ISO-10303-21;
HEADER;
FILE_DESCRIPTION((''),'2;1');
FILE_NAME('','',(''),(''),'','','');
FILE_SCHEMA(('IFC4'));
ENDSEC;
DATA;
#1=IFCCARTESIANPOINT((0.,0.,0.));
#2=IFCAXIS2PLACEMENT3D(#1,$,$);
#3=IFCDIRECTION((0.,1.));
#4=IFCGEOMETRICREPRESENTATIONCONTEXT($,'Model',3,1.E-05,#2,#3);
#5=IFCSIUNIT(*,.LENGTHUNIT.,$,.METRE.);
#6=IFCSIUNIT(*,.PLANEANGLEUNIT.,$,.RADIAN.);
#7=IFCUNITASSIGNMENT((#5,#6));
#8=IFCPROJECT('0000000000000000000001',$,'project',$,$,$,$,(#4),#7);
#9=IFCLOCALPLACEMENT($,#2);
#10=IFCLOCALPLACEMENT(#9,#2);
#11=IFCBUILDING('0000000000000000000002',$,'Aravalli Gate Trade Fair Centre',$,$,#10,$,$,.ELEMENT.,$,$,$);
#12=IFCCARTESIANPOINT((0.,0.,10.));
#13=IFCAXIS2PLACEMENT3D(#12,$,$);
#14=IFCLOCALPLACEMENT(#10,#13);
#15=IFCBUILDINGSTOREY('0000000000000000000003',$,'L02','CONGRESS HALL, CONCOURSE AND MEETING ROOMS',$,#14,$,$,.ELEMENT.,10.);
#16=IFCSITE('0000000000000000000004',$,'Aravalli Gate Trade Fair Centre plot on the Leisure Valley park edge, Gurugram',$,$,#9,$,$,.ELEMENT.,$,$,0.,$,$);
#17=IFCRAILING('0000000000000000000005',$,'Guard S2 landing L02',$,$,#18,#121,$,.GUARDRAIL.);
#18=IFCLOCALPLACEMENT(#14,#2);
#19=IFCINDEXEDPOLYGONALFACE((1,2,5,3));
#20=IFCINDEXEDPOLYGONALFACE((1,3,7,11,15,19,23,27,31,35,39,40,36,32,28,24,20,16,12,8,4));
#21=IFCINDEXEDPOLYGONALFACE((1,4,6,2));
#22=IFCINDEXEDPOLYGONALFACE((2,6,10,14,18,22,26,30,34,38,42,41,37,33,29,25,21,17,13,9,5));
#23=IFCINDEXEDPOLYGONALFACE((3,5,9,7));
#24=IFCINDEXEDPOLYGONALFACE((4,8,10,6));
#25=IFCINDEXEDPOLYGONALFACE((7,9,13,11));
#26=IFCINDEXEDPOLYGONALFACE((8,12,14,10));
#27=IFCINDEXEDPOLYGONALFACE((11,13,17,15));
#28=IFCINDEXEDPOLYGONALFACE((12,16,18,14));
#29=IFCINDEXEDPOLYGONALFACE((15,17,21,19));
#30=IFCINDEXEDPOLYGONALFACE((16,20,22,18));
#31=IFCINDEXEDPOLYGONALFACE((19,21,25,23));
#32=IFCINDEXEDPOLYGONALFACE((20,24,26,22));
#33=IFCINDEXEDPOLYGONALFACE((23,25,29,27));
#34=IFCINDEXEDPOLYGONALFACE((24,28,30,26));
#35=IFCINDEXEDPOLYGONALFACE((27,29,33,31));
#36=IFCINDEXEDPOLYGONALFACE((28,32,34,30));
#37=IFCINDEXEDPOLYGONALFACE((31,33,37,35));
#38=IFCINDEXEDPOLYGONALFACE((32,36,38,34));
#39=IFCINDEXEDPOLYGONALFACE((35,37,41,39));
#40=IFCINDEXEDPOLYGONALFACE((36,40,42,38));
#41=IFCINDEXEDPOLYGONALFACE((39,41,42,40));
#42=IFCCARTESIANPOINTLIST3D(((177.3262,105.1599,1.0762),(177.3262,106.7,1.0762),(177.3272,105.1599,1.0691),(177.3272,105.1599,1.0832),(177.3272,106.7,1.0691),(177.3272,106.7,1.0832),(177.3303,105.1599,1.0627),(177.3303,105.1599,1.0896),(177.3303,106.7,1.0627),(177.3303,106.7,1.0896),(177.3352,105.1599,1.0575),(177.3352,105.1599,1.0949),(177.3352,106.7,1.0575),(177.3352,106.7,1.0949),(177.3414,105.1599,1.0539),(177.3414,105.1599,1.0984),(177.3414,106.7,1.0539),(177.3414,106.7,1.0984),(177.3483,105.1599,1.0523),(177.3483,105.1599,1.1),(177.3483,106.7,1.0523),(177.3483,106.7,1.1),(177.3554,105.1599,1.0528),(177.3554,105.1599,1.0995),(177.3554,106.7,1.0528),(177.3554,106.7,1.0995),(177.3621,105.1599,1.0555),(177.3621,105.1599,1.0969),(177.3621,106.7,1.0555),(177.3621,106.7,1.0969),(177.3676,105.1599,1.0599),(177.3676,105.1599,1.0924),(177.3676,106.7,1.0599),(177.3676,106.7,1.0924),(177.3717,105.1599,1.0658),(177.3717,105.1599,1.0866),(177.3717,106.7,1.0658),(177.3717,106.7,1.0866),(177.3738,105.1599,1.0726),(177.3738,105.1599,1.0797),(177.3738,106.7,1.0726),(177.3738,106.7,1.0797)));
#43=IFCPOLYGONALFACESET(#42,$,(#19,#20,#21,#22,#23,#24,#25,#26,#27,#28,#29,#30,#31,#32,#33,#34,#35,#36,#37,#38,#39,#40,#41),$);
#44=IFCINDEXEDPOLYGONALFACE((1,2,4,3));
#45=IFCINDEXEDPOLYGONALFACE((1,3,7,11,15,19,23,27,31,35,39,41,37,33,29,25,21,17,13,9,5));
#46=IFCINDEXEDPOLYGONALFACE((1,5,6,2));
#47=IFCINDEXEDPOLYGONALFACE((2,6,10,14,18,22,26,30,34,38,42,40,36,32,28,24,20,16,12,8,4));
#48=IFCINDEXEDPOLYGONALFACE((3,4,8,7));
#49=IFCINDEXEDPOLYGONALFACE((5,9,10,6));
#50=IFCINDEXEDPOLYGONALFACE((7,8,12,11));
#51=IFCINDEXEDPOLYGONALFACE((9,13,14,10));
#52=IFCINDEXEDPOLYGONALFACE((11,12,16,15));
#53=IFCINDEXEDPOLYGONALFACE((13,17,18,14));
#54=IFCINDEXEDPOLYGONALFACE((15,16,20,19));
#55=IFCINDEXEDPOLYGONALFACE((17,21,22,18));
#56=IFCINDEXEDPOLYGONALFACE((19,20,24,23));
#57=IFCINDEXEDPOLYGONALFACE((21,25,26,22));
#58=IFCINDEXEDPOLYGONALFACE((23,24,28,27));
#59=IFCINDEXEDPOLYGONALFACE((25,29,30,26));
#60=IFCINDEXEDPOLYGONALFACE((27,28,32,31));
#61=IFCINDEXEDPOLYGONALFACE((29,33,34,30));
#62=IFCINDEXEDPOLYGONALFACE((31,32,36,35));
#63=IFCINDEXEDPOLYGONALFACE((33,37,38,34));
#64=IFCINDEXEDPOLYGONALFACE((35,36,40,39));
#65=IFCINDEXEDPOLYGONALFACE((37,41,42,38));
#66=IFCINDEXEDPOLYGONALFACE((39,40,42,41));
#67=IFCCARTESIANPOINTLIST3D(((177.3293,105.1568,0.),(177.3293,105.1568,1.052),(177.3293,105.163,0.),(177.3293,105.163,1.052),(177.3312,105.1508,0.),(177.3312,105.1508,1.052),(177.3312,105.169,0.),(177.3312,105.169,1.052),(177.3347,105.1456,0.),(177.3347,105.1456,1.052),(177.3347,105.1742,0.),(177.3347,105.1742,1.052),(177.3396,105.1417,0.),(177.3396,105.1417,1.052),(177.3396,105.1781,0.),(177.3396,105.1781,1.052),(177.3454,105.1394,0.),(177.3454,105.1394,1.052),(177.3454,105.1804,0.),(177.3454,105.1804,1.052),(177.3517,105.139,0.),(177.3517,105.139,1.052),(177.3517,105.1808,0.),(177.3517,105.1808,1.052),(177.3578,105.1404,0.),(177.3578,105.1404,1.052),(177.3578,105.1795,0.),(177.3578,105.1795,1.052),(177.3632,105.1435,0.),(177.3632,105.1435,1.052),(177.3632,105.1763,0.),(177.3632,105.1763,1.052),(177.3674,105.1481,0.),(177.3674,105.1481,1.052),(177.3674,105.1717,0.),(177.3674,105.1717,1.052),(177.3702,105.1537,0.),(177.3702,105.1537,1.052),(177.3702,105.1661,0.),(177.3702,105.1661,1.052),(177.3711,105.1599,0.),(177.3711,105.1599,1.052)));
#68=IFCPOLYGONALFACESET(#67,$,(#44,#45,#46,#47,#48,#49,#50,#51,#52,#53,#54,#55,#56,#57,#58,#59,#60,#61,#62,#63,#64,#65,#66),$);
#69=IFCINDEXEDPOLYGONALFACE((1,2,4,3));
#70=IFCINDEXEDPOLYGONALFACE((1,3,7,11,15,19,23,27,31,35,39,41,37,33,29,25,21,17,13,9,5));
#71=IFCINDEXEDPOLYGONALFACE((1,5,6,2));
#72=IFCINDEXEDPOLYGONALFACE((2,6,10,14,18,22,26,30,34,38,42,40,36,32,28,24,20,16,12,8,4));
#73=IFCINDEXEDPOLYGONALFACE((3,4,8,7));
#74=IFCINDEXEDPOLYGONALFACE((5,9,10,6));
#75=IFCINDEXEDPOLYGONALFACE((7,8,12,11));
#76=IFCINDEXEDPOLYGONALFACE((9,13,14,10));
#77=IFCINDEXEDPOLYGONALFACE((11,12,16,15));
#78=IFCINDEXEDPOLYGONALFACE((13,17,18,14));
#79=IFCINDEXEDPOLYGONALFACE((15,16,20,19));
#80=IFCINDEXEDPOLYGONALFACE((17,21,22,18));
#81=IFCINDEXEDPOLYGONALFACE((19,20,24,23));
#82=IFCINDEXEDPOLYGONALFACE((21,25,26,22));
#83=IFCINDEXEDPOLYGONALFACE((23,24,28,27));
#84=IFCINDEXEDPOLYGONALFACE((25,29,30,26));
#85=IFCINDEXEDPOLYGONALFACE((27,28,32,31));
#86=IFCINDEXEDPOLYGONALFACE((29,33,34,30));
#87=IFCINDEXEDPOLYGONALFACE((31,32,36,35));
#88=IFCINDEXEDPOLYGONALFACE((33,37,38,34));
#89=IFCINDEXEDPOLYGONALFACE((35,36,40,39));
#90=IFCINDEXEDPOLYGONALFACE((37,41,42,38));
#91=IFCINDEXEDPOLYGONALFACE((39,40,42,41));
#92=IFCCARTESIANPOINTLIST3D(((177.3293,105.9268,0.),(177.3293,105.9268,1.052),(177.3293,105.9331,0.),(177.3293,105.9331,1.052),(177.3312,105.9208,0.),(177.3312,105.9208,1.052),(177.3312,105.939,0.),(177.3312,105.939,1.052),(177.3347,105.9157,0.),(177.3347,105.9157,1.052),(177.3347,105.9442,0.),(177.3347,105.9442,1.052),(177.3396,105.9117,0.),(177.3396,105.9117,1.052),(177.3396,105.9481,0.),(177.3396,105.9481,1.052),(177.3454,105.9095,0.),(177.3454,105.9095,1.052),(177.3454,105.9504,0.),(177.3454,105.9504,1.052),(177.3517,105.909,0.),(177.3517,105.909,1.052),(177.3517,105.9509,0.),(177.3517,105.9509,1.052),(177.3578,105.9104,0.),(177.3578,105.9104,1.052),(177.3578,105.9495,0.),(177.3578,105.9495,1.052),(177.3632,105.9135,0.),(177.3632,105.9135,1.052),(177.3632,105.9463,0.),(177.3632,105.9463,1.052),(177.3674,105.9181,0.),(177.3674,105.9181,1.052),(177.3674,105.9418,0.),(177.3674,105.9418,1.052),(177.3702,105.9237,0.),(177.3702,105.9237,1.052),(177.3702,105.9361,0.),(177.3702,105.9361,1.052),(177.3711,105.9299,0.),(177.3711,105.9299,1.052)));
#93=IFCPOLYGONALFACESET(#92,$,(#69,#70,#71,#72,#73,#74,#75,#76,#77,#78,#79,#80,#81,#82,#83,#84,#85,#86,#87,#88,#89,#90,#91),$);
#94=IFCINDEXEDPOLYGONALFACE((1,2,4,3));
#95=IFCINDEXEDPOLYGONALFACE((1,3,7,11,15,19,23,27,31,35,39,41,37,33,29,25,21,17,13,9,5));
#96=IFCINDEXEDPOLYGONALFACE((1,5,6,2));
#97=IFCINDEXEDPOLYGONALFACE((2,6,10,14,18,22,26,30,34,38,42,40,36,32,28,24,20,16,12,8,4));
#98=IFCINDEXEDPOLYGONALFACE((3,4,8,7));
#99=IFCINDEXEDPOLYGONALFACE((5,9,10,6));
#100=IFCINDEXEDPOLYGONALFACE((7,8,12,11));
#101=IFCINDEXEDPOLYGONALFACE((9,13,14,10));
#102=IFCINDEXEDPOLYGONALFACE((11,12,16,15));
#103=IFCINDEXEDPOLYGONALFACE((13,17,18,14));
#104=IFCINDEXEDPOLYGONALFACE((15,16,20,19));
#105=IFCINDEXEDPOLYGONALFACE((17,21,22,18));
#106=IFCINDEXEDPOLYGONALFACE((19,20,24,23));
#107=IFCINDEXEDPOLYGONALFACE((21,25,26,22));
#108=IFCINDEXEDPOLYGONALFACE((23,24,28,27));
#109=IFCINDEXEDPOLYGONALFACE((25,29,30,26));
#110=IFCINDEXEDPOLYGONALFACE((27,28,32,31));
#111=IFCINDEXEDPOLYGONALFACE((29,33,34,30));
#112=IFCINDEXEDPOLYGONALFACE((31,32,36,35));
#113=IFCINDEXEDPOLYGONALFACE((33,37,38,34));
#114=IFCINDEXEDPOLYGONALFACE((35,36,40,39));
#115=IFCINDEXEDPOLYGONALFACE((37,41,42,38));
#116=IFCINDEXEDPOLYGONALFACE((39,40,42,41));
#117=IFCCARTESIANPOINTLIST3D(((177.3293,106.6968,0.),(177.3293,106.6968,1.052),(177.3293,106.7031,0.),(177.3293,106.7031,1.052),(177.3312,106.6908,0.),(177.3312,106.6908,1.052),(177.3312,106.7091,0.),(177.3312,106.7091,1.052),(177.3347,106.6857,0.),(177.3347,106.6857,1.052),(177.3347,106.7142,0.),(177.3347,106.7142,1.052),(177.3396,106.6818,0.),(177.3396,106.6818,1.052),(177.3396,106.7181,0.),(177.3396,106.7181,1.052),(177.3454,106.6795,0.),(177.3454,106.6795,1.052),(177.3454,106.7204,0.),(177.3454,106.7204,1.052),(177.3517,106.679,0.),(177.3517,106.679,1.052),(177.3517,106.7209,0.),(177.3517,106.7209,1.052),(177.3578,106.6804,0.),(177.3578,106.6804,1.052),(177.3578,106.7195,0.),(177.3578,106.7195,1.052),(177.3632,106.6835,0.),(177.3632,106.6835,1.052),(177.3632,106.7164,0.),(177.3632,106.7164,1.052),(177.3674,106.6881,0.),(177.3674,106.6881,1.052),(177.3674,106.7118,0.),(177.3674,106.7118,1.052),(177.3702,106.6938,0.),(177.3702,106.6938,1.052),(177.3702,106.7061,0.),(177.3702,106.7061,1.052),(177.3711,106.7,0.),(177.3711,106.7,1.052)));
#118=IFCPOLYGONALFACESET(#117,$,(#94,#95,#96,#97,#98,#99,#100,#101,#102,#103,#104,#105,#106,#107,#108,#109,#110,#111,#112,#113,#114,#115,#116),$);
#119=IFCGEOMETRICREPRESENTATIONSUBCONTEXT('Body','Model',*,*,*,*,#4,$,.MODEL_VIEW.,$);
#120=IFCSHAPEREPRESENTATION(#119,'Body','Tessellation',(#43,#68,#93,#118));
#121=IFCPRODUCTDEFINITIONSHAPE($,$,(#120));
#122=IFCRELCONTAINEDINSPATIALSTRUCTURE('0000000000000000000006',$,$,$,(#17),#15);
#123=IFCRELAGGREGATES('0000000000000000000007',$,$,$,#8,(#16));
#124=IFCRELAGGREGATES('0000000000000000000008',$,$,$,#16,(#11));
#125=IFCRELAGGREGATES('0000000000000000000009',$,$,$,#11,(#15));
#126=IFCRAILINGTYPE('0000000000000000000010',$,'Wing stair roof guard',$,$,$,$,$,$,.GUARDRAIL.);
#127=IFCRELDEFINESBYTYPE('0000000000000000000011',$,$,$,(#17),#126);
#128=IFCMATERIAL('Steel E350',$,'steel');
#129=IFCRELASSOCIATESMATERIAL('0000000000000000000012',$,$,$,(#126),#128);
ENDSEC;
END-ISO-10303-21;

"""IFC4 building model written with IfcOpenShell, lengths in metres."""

from ifc_helpers import new_model, si_unit, direction, frame, origin, origin_2d, place, context, subcontext, project, spatial, circle, extrude, material, type_object, element, save


model = new_model("IFC4")

# Units and contexts
model_context = context("Model", 3, precision=1e-05, world=origin(), true_north=direction((0.0, 1.0)))
body_context = subcontext(model_context, "Body", "Model", "MODEL_VIEW")
ifc_project = project(units=[si_unit("LENGTHUNIT", "METRE"), si_unit("PLANEANGLEUNIT", "RADIAN")], contexts=[model_context])

# Site, building, storey
site_placement = place(None, origin())
site = spatial("IfcSite", under=ifc_project, at=site_placement, Name="Aravalli Gate Trade Fair Centre plot on the Leisure Valley park edge, Gurugram", CompositionType="ELEMENT", RefElevation=0.0)
building_placement = place(site_placement, origin())
building = spatial("IfcBuilding", under=site, at=building_placement, Name="Aravalli Gate Trade Fair Centre", CompositionType="ELEMENT")
storey_placement = place(building_placement, frame((0.0, 0.0, 10.0)))
storey = spatial("IfcBuildingStorey", under=building, at=storey_placement, Name="L02", Description="CONGRESS HALL, CONCOURSE AND MEETING ROOMS", CompositionType="ELEMENT", Elevation=10.0)

# Shared definitions
ifc_material_1 = material(Name="Steel E350", Category="steel")

# Railing
railing_type_1 = type_object("IfcRailingType", Name="Wing stair roof guard", PredefinedType="GUARDRAIL", material=ifc_material_1)
railing_1_placement = place(storey_placement, frame((177.3501, 105.1599, 0.0)))
element("IfcRailing", 1, at=railing_1_placement, inside=storey, type_object=railing_type_1, Name="Guard S2 landing L02", PredefinedType="GUARDRAIL", context=body_context, shape_type="SweptSolid", body=[
    extrude(circle(Radius=0.0239, at=origin_2d()), frame((0.0, 0.0, 1.0762), z_axis=(0.0, 1.0, 0.0), x_axis=(-1.0, 0.0, 0.0)), (0.0, 0.0, 1.0), 1.54),
    extrude(circle(Radius=0.021, at=origin_2d()), origin(), (0.0, 0.0, 1.0), 1.052),
    extrude(circle(Radius=0.021, at=origin_2d()), frame((0.0, 0.77, 0.0)), (0.0, 0.0, 1.0), 1.052),
    extrude(circle(Radius=0.021, at=origin_2d()), frame((0.0, 1.54, 0.0)), (0.0, 0.0, 1.0), 1.052),
])

save(model, "model.ifc")
